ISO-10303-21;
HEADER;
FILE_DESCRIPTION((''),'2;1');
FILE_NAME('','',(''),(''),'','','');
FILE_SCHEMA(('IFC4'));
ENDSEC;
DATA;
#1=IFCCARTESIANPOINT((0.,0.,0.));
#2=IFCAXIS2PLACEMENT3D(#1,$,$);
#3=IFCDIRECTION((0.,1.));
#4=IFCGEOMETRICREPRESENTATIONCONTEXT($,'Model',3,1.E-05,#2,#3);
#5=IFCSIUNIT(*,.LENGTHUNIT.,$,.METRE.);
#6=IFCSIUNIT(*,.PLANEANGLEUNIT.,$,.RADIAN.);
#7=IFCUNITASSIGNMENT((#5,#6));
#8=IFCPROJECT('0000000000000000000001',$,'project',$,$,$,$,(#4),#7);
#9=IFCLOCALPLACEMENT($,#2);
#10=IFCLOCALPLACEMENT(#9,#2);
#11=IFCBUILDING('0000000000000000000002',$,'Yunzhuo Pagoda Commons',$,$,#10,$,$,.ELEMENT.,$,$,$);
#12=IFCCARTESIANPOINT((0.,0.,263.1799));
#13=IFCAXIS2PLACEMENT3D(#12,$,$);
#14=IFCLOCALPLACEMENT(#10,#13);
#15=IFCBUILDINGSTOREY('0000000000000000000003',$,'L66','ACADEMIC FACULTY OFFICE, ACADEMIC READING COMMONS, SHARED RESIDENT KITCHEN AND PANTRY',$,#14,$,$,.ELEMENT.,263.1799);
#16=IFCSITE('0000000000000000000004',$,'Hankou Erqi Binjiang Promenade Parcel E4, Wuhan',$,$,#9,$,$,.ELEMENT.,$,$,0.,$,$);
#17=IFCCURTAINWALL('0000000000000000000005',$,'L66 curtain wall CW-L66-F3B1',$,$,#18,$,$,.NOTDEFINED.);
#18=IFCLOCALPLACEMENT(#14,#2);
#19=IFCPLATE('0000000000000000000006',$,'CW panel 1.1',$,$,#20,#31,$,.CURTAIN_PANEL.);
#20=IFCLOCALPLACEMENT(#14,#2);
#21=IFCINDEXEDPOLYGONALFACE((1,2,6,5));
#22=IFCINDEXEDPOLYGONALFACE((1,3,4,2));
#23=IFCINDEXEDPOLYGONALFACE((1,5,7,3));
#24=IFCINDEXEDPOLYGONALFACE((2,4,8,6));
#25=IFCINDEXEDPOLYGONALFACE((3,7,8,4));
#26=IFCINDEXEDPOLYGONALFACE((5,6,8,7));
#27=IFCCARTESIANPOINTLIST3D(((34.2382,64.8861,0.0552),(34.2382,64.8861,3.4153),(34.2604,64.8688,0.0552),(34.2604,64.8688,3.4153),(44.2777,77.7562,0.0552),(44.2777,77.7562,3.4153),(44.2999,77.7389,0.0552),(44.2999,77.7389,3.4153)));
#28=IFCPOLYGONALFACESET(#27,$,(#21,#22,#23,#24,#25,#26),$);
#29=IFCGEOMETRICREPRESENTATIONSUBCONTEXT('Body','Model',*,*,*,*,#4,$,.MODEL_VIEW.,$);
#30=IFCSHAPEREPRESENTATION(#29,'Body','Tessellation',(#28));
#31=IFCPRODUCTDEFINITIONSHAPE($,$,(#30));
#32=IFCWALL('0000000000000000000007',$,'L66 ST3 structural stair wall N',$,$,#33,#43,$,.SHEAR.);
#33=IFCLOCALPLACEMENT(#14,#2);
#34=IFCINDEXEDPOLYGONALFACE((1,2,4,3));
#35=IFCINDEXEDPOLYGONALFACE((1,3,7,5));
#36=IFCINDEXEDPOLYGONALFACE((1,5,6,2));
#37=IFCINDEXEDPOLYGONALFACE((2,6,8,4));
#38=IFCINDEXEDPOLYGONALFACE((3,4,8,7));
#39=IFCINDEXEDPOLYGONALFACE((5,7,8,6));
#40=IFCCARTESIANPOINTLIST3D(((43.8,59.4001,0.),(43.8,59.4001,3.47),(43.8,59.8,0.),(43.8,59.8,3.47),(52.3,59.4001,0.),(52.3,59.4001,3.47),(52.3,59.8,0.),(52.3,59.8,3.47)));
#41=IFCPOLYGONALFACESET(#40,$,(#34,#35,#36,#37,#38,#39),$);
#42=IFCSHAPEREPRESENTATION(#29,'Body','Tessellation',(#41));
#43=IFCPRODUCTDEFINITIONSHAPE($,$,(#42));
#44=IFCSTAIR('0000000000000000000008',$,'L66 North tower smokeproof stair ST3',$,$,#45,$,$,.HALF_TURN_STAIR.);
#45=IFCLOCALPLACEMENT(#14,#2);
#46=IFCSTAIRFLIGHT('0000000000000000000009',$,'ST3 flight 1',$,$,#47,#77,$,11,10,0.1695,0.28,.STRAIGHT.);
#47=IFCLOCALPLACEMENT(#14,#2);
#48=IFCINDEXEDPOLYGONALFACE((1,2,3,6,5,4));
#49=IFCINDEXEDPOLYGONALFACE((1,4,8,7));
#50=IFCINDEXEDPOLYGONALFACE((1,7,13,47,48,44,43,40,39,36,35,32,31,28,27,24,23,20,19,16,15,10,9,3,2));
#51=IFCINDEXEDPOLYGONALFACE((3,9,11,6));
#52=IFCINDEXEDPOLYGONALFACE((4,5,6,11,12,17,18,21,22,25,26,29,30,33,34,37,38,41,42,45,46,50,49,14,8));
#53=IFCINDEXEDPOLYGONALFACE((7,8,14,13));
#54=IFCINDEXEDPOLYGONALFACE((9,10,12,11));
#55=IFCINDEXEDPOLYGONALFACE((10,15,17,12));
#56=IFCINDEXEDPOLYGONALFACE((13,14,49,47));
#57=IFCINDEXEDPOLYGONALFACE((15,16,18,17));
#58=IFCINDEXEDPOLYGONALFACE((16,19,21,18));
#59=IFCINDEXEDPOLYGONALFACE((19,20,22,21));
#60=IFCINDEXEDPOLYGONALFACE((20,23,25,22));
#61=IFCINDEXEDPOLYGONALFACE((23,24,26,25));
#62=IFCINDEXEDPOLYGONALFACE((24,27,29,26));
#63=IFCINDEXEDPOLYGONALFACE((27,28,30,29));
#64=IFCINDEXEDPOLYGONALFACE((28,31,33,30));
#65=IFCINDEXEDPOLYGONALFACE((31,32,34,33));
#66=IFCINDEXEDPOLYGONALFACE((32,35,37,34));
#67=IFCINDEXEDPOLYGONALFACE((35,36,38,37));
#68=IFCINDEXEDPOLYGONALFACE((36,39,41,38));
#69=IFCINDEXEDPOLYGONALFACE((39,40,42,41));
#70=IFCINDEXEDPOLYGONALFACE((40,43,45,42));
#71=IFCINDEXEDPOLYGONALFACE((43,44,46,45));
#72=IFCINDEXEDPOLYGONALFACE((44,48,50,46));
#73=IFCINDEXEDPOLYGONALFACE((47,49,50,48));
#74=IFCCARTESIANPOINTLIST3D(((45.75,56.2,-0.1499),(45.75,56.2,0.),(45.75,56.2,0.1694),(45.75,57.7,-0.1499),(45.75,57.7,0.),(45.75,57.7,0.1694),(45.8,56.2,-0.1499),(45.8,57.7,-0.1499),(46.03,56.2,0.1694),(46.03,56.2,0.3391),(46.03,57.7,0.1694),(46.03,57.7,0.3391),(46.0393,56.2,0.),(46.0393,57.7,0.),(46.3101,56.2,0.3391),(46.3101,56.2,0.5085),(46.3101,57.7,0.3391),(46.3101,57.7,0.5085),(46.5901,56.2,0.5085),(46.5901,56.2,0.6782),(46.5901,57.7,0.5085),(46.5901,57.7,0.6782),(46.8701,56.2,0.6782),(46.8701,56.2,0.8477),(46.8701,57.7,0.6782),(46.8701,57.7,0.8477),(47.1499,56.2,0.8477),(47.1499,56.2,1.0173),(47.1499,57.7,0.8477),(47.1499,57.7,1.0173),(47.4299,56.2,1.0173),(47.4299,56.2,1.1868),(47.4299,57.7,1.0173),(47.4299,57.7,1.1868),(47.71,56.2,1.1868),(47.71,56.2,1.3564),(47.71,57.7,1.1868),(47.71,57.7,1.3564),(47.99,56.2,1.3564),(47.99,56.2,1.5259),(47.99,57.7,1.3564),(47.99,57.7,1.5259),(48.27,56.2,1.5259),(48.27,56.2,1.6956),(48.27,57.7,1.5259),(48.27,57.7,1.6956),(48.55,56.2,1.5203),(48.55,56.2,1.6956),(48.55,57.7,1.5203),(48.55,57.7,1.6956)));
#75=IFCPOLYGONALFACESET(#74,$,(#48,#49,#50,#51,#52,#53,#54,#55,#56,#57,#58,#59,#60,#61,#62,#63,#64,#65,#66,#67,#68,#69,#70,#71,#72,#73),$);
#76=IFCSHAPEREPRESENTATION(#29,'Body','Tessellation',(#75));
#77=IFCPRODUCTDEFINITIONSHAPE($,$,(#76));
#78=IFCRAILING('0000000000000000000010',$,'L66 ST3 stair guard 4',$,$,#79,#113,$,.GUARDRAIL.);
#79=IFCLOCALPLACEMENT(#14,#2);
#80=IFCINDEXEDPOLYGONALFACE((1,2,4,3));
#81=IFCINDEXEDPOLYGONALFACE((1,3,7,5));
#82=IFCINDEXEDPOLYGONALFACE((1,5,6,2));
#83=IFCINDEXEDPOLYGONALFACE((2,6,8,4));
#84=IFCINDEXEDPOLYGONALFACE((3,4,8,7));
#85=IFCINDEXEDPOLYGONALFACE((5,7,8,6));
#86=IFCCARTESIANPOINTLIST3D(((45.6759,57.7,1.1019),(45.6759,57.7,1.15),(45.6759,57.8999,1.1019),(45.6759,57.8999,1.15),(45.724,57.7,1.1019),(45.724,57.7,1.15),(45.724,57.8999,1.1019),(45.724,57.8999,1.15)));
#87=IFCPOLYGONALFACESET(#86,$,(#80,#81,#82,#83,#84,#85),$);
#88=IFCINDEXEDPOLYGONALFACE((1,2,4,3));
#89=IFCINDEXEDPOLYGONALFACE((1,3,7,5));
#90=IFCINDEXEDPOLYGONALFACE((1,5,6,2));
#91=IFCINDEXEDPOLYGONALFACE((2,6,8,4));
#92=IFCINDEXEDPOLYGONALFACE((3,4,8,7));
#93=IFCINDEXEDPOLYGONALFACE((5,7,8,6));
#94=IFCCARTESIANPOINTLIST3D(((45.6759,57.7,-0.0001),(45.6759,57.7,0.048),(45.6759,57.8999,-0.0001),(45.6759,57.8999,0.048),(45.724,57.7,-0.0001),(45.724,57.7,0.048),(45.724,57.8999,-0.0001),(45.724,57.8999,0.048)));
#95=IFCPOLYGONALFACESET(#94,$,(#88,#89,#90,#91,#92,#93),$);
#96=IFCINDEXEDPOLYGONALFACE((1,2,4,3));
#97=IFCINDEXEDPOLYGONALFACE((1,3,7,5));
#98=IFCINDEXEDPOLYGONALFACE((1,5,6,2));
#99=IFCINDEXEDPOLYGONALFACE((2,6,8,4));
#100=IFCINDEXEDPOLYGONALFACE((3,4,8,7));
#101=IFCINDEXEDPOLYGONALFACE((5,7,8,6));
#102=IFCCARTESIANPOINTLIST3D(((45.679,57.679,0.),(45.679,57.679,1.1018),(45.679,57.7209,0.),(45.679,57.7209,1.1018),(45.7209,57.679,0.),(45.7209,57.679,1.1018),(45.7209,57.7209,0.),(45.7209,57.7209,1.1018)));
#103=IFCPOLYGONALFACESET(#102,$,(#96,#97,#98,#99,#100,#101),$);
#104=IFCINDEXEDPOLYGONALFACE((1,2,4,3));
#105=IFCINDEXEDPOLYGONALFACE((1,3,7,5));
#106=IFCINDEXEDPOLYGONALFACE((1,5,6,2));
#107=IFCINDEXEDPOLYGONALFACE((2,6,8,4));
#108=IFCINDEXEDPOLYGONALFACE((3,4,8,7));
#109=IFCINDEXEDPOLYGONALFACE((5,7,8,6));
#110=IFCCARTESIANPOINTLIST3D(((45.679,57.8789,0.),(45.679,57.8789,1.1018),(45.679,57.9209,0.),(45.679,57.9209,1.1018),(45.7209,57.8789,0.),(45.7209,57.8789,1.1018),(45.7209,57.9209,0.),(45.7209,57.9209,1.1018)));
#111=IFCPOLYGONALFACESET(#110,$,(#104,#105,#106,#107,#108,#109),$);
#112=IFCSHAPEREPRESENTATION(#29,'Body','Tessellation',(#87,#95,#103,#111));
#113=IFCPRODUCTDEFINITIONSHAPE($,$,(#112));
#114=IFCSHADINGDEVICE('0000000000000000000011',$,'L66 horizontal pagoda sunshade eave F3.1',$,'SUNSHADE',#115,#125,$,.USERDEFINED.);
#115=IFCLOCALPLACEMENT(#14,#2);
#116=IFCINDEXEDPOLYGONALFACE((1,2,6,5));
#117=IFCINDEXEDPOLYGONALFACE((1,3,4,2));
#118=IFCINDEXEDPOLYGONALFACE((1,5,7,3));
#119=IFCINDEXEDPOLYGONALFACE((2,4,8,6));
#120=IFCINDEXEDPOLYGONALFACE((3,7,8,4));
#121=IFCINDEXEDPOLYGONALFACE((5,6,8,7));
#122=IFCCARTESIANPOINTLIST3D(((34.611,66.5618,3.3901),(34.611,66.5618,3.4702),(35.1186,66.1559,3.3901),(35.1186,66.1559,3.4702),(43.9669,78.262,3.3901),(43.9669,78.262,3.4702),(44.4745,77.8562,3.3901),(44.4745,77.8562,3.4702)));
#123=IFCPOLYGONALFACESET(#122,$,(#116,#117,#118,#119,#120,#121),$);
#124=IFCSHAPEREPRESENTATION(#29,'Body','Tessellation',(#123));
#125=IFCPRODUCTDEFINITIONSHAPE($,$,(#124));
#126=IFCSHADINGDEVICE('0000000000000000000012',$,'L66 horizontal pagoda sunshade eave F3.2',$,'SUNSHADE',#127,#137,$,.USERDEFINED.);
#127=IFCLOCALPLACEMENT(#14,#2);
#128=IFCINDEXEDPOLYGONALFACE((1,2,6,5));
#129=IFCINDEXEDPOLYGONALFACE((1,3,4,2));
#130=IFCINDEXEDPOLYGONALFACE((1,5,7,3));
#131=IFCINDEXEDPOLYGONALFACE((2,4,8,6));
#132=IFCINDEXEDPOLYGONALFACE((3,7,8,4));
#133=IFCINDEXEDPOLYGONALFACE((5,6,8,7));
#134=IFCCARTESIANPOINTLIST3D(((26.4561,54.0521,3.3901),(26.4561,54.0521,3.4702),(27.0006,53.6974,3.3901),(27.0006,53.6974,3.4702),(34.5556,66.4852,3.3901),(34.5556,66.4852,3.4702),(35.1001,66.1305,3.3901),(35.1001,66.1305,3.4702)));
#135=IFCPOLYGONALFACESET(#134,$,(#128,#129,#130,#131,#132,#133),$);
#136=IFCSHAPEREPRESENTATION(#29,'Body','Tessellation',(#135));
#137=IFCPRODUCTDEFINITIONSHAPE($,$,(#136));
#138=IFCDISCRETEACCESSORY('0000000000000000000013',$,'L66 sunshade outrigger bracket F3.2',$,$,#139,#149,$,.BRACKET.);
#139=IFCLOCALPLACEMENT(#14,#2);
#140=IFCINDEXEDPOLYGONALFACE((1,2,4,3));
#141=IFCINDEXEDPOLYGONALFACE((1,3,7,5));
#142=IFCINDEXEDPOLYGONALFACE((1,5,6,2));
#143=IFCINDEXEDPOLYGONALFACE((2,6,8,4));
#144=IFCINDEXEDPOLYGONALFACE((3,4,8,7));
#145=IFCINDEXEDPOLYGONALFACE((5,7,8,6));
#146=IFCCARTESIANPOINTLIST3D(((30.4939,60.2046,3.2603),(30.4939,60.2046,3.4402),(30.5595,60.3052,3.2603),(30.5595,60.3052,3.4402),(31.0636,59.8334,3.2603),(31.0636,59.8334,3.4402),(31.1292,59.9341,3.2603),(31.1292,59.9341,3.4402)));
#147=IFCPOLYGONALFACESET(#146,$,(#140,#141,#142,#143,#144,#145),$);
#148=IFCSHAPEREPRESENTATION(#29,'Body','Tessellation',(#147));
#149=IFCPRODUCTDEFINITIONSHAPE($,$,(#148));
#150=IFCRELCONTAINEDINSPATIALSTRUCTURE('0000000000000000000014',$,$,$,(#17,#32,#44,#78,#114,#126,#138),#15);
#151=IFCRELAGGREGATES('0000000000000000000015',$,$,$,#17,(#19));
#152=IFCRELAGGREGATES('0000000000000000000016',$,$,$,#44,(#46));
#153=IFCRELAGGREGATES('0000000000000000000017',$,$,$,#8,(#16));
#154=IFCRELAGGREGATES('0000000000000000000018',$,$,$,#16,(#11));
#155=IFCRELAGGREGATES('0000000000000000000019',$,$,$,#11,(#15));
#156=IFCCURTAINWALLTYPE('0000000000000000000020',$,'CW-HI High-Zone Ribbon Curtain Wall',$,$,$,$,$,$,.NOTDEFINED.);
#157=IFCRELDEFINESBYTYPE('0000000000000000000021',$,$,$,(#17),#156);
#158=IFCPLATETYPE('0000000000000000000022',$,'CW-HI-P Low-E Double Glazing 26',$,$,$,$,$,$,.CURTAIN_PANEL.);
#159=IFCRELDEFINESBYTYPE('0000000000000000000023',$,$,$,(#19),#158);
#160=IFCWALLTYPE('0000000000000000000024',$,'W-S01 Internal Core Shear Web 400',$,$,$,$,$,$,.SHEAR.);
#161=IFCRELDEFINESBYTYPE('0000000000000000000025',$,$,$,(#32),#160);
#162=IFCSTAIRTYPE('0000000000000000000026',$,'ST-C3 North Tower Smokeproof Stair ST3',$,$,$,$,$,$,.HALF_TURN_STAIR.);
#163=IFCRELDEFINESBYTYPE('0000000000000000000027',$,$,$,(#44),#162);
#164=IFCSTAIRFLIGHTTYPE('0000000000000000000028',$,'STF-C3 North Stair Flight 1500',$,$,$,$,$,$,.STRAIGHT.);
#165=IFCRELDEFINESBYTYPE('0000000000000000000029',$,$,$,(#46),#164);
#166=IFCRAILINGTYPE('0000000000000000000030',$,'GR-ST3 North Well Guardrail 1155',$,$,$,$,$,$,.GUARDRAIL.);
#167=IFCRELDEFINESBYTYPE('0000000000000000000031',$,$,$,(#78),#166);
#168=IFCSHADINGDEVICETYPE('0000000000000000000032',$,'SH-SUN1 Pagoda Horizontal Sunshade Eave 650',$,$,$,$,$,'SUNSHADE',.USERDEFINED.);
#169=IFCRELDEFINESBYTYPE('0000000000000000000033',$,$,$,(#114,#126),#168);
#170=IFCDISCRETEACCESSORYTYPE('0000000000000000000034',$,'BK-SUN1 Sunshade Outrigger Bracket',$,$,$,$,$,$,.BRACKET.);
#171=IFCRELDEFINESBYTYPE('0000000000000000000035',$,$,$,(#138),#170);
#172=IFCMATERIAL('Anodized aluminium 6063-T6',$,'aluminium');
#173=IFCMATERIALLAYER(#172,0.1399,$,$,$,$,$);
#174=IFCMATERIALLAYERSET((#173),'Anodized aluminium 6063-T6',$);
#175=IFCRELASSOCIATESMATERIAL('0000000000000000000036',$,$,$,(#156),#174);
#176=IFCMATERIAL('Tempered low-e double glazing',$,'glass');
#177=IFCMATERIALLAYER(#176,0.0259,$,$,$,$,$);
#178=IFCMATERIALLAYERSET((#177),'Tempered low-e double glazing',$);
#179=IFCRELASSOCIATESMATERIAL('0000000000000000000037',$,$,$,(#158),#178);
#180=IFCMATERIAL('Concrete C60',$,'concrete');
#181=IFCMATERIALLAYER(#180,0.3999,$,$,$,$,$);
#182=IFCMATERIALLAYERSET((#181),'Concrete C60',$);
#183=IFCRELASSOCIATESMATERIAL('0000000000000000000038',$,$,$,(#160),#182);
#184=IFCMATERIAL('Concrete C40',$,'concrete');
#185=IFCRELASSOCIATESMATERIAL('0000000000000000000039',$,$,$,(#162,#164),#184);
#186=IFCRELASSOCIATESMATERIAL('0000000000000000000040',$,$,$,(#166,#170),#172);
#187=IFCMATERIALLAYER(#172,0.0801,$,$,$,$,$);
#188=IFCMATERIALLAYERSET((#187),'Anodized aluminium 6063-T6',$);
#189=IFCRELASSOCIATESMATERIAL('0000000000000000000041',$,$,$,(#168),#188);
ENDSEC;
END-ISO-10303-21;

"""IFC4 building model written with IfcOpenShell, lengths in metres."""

from ifc_helpers import new_model, si_unit, direction, frame, frame_2d, origin, origin_2d, place, context, subcontext, project, spatial, polyline, rectangle, outline, extrude, source, transform, mapped, material, layer, layer_set, type_object, element, aggregate, save


model = new_model("IFC4")

# Units and contexts
model_context = context("Model", 3, precision=1e-05, world=origin(), true_north=direction((0.0, 1.0)))
body_context = subcontext(model_context, "Body", "Model", "MODEL_VIEW")
ifc_project = project(units=[si_unit("LENGTHUNIT", "METRE"), si_unit("PLANEANGLEUNIT", "RADIAN")], contexts=[model_context])

# Site, building, storey
site_placement = place(None, origin())
site = spatial("IfcSite", under=ifc_project, at=site_placement, Name="Hankou Erqi Binjiang Promenade Parcel E4, Wuhan", CompositionType="ELEMENT", RefElevation=0.0)
building_placement = place(site_placement, origin())
building = spatial("IfcBuilding", under=site, at=building_placement, Name="Yunzhuo Pagoda Commons", CompositionType="ELEMENT")
storey_placement = place(building_placement, frame((0.0, 0.0, 263.1799)))
storey = spatial("IfcBuildingStorey", under=building, at=storey_placement, Name="L66", Description="ACADEMIC FACULTY OFFICE, ACADEMIC READING COMMONS, SHARED RESIDENT KITCHEN AND PANTRY", CompositionType="ELEMENT", Elevation=263.1799)

# Shared definitions
ifc_material_1 = material(Name="Anodized aluminium 6063-T6", Category="aluminium")
ifc_layer_1 = layer(ifc_material_1, 0.1399)
ifc_layer_set_1 = layer_set([ifc_layer_1], Name="Anodized aluminium 6063-T6")
curtain_wall_type = type_object("IfcCurtainWallType", Name="CW-HI High-Zone Ribbon Curtain Wall", PredefinedType="NOTDEFINED", material=ifc_layer_set_1)

# Curtain wall
curtain_wall_1_placement = place(storey_placement, origin())
curtain_wall_1 = element("IfcCurtainWall", 1, at=curtain_wall_1_placement, inside=storey, type_object=curtain_wall_type, Name="L66 curtain wall CW-L66-F3B1", PredefinedType="NOTDEFINED")

# Shared definitions
ifc_material_2 = material(Name="Tempered low-e double glazing", Category="glass")
ifc_layer_2 = layer(ifc_material_2, 0.0259)
ifc_layer_set_2 = layer_set([ifc_layer_2], Name="Tempered low-e double glazing")
plate_type_1 = type_object("IfcPlateType", Name="CW-HI-P Low-E Double Glazing 26", PredefinedType="CURTAIN_PANEL", material=ifc_layer_set_2)

# Plate
shared_shape_1 = source(origin(), body_context, "Body", "SweptSolid", [
    extrude(rectangle(XDim=16.3228, YDim=0.0281, at=origin_2d()), origin(), (0.0, 0.0, 1.0), 3.3601),
])
plate_1_placement = place(storey_placement, frame((39.269, 71.3125, 0.0552), z_axis=(0.0, 0.0, 1.0), x_axis=(-0.61506, -0.78848, 0.0)))
plate_1 = element("IfcPlate", 2, at=plate_1_placement, type_object=plate_type_1, Name="CW panel 1.1", PredefinedType="CURTAIN_PANEL", context=body_context, shape_type="MappedRepresentation", body=[
    mapped(shared_shape_1, transform((0.0, 0.0, 0.0), scale=1.0)),
])
aggregate(curtain_wall_1, [plate_1])

# Wall
ifc_material_3 = material(Name="Concrete C60", Category="concrete")
ifc_layer_3 = layer(ifc_material_3, 0.3999)
ifc_layer_set_3 = layer_set([ifc_layer_3], Name="Concrete C60")
wall_type = type_object("IfcWallType", Name="W-S01 Internal Core Shear Web 400", PredefinedType="SHEAR", material=ifc_layer_set_3)
wall_placement = place(storey_placement, frame((43.8, 59.6001, 0.0), z_axis=(0.0, 0.0, 1.0), x_axis=(1.0, 0.0, 0.0)))
element("IfcWall", 3, at=wall_placement, inside=storey, type_object=wall_type, Name="L66 ST3 structural stair wall N", PredefinedType="SHEAR", context=body_context, shape_type="SweptSolid", body=[
    extrude(rectangle(XDim=8.5, YDim=0.3999, at=frame_2d((4.25, 0.0))), origin(), (0.0, 0.0, 1.0), 3.47),
])

# Stair, stair flight
ifc_material_4 = material(Name="Concrete C40", Category="concrete")
stair_type = type_object("IfcStairType", Name="ST-C3 North Tower Smokeproof Stair ST3", PredefinedType="HALF_TURN_STAIR", material=ifc_material_4)
stair_placement = place(storey_placement, origin())
stair = element("IfcStair", 4, at=stair_placement, inside=storey, type_object=stair_type, Name="L66 North tower smokeproof stair ST3", PredefinedType="HALF_TURN_STAIR")
stair_flight_type = type_object("IfcStairFlightType", Name="STF-C3 North Stair Flight 1500", PredefinedType="STRAIGHT", material=ifc_material_4)
shared_shape_2 = source(origin(), body_context, "Body", "SweptSolid", [
    extrude(outline(polyline([(0.0, -0.1499), (0.0, 0.0), (0.0, 0.1694), (0.28, 0.1694), (0.28, 0.3391), (0.5601, 0.3391), (0.5601, 0.5085), (0.8401, 0.5085), (0.8401, 0.6782), (1.1201, 0.6782), (1.1201, 0.8477), (1.3999, 0.8477), (1.3999, 1.0173), (1.6799, 1.0173), (1.6799, 1.1868), (1.96, 1.1868), (1.96, 1.3564), (2.24, 1.3564), (2.24, 1.5259), (2.52, 1.5259), (2.52, 1.6956), (2.8, 1.6956), (2.8, 1.865), (2.8, 1.5203), (0.2893, 0.0), (0.05, -0.1499), (0.0, -0.1499)])), frame((0.0, 0.75, 0.0), z_axis=(0.0, -1.0, 0.0), x_axis=(1.0, 0.0, 0.0)), (0.0, 0.0, 1.0), 1.5),
])
stair_flight_placement = place(storey_placement, frame((45.75, 56.95, 0.0), z_axis=(0.0, 0.0, 1.0), x_axis=(1.0, 0.0, 0.0)))
stair_flight = element("IfcStairFlight", 5, at=stair_flight_placement, type_object=stair_flight_type, Name="ST3 flight 1", NumberOfRisers=11, NumberOfTreads=10, PredefinedType="STRAIGHT", RiserHeight=0.1695, TreadLength=0.28, context=body_context, shape_type="MappedRepresentation", body=[
    mapped(shared_shape_2, transform((0.0, 0.0, 0.0), scale=1.0)),
])
aggregate(stair, [stair_flight])

# Railing
railing_type = type_object("IfcRailingType", Name="GR-ST3 North Well Guardrail 1155", PredefinedType="GUARDRAIL", material=ifc_material_1)
railing_placement = place(storey_placement, frame((45.7, 57.7, 0.0)))
element("IfcRailing", 6, at=railing_placement, inside=storey, type_object=railing_type, Name="L66 ST3 stair guard 4", PredefinedType="GUARDRAIL", context=body_context, shape_type="SweptSolid", body=[
    extrude(rectangle(XDim=0.0481, YDim=0.0481, at=origin_2d()), frame((0.0, 0.0, 1.126), z_axis=(0.0, 1.0, 0.0), x_axis=(-1.0, 0.0, 0.0)), (0.0, 0.0, 1.0), 0.2),
    extrude(rectangle(XDim=0.0481, YDim=0.0481, at=origin_2d()), frame((0.0, 0.0, 0.0239), z_axis=(0.0, 1.0, 0.0), x_axis=(-1.0, 0.0, 0.0)), (0.0, 0.0, 1.0), 0.2),
    extrude(rectangle(XDim=0.042, YDim=0.042, at=origin_2d()), origin(), (0.0, 0.0, 1.0), 1.1018),
    extrude(rectangle(XDim=0.042, YDim=0.042, at=origin_2d()), frame((0.0, 0.2, 0.0)), (0.0, 0.0, 1.0), 1.1018),
])

# Shading devices
ifc_layer_4 = layer(ifc_material_1, 0.0801)
ifc_layer_set_4 = layer_set([ifc_layer_4], Name="Anodized aluminium 6063-T6")
shading_device_type = type_object("IfcShadingDeviceType", Name="SH-SUN1 Pagoda Horizontal Sunshade Eave 650", ElementType="SUNSHADE", PredefinedType="USERDEFINED", material=ifc_layer_set_4)
shared_shape_3 = source(origin(), body_context, "Body", "SweptSolid", [
    extrude(rectangle(XDim=14.981, YDim=0.6499, at=origin_2d()), origin(), (0.0, 0.0, 1.0), 0.0801),
])
shading_device_1_placement = place(storey_placement, frame((39.5427, 72.209, 3.3901), z_axis=(0.0, 0.0, 1.0), x_axis=(-0.62452, -0.781008, 0.0)))
element("IfcShadingDevice", 7, at=shading_device_1_placement, inside=storey, type_object=shading_device_type, Name="L66 horizontal pagoda sunshade eave F3.1", ObjectType="SUNSHADE", PredefinedType="USERDEFINED", context=body_context, shape_type="MappedRepresentation", body=[
    mapped(shared_shape_3, transform((0.0, 0.0, 0.0), scale=1.0)),
])
shared_shape_4 = source(origin(), body_context, "Body", "SweptSolid", [
    extrude(rectangle(XDim=14.8386, YDim=0.6499, at=origin_2d()), origin(), (0.0, 0.0, 1.0), 0.0801),
])
shading_device_2_placement = place(storey_placement, frame((30.7781, 60.0913, 3.3901), z_axis=(0.0, 0.0, 1.0), x_axis=(-0.545839, -0.83789, 0.0)))
element("IfcShadingDevice", 8, at=shading_device_2_placement, inside=storey, type_object=shading_device_type, Name="L66 horizontal pagoda sunshade eave F3.2", ObjectType="SUNSHADE", PredefinedType="USERDEFINED", context=body_context, shape_type="MappedRepresentation", body=[
    mapped(shared_shape_4, transform((0.0, 0.0, 0.0), scale=1.0)),
])

# Discrete accessory
discrete_accessory_type = type_object("IfcDiscreteAccessoryType", Name="BK-SUN1 Sunshade Outrigger Bracket", PredefinedType="BRACKET", material=ifc_material_1)
shared_shape_5 = source(origin(), body_context, "Body", "SweptSolid", [
    extrude(rectangle(XDim=0.1201, YDim=0.6799, at=origin_2d()), origin(), (0.0, 0.0, 1.0), 0.1799),
])
discrete_accessory_placement = place(storey_placement, frame((30.8115, 60.0693, 3.2603), z_axis=(0.0, 0.0, 1.0), x_axis=(-0.545839, -0.83789, 0.0)))
element("IfcDiscreteAccessory", 9, at=discrete_accessory_placement, inside=storey, type_object=discrete_accessory_type, Name="L66 sunshade outrigger bracket F3.2", PredefinedType="BRACKET", context=body_context, shape_type="MappedRepresentation", body=[
    mapped(shared_shape_5, transform((0.0, 0.0, 0.0), scale=1.0)),
])

save(model, "model.ifc")
